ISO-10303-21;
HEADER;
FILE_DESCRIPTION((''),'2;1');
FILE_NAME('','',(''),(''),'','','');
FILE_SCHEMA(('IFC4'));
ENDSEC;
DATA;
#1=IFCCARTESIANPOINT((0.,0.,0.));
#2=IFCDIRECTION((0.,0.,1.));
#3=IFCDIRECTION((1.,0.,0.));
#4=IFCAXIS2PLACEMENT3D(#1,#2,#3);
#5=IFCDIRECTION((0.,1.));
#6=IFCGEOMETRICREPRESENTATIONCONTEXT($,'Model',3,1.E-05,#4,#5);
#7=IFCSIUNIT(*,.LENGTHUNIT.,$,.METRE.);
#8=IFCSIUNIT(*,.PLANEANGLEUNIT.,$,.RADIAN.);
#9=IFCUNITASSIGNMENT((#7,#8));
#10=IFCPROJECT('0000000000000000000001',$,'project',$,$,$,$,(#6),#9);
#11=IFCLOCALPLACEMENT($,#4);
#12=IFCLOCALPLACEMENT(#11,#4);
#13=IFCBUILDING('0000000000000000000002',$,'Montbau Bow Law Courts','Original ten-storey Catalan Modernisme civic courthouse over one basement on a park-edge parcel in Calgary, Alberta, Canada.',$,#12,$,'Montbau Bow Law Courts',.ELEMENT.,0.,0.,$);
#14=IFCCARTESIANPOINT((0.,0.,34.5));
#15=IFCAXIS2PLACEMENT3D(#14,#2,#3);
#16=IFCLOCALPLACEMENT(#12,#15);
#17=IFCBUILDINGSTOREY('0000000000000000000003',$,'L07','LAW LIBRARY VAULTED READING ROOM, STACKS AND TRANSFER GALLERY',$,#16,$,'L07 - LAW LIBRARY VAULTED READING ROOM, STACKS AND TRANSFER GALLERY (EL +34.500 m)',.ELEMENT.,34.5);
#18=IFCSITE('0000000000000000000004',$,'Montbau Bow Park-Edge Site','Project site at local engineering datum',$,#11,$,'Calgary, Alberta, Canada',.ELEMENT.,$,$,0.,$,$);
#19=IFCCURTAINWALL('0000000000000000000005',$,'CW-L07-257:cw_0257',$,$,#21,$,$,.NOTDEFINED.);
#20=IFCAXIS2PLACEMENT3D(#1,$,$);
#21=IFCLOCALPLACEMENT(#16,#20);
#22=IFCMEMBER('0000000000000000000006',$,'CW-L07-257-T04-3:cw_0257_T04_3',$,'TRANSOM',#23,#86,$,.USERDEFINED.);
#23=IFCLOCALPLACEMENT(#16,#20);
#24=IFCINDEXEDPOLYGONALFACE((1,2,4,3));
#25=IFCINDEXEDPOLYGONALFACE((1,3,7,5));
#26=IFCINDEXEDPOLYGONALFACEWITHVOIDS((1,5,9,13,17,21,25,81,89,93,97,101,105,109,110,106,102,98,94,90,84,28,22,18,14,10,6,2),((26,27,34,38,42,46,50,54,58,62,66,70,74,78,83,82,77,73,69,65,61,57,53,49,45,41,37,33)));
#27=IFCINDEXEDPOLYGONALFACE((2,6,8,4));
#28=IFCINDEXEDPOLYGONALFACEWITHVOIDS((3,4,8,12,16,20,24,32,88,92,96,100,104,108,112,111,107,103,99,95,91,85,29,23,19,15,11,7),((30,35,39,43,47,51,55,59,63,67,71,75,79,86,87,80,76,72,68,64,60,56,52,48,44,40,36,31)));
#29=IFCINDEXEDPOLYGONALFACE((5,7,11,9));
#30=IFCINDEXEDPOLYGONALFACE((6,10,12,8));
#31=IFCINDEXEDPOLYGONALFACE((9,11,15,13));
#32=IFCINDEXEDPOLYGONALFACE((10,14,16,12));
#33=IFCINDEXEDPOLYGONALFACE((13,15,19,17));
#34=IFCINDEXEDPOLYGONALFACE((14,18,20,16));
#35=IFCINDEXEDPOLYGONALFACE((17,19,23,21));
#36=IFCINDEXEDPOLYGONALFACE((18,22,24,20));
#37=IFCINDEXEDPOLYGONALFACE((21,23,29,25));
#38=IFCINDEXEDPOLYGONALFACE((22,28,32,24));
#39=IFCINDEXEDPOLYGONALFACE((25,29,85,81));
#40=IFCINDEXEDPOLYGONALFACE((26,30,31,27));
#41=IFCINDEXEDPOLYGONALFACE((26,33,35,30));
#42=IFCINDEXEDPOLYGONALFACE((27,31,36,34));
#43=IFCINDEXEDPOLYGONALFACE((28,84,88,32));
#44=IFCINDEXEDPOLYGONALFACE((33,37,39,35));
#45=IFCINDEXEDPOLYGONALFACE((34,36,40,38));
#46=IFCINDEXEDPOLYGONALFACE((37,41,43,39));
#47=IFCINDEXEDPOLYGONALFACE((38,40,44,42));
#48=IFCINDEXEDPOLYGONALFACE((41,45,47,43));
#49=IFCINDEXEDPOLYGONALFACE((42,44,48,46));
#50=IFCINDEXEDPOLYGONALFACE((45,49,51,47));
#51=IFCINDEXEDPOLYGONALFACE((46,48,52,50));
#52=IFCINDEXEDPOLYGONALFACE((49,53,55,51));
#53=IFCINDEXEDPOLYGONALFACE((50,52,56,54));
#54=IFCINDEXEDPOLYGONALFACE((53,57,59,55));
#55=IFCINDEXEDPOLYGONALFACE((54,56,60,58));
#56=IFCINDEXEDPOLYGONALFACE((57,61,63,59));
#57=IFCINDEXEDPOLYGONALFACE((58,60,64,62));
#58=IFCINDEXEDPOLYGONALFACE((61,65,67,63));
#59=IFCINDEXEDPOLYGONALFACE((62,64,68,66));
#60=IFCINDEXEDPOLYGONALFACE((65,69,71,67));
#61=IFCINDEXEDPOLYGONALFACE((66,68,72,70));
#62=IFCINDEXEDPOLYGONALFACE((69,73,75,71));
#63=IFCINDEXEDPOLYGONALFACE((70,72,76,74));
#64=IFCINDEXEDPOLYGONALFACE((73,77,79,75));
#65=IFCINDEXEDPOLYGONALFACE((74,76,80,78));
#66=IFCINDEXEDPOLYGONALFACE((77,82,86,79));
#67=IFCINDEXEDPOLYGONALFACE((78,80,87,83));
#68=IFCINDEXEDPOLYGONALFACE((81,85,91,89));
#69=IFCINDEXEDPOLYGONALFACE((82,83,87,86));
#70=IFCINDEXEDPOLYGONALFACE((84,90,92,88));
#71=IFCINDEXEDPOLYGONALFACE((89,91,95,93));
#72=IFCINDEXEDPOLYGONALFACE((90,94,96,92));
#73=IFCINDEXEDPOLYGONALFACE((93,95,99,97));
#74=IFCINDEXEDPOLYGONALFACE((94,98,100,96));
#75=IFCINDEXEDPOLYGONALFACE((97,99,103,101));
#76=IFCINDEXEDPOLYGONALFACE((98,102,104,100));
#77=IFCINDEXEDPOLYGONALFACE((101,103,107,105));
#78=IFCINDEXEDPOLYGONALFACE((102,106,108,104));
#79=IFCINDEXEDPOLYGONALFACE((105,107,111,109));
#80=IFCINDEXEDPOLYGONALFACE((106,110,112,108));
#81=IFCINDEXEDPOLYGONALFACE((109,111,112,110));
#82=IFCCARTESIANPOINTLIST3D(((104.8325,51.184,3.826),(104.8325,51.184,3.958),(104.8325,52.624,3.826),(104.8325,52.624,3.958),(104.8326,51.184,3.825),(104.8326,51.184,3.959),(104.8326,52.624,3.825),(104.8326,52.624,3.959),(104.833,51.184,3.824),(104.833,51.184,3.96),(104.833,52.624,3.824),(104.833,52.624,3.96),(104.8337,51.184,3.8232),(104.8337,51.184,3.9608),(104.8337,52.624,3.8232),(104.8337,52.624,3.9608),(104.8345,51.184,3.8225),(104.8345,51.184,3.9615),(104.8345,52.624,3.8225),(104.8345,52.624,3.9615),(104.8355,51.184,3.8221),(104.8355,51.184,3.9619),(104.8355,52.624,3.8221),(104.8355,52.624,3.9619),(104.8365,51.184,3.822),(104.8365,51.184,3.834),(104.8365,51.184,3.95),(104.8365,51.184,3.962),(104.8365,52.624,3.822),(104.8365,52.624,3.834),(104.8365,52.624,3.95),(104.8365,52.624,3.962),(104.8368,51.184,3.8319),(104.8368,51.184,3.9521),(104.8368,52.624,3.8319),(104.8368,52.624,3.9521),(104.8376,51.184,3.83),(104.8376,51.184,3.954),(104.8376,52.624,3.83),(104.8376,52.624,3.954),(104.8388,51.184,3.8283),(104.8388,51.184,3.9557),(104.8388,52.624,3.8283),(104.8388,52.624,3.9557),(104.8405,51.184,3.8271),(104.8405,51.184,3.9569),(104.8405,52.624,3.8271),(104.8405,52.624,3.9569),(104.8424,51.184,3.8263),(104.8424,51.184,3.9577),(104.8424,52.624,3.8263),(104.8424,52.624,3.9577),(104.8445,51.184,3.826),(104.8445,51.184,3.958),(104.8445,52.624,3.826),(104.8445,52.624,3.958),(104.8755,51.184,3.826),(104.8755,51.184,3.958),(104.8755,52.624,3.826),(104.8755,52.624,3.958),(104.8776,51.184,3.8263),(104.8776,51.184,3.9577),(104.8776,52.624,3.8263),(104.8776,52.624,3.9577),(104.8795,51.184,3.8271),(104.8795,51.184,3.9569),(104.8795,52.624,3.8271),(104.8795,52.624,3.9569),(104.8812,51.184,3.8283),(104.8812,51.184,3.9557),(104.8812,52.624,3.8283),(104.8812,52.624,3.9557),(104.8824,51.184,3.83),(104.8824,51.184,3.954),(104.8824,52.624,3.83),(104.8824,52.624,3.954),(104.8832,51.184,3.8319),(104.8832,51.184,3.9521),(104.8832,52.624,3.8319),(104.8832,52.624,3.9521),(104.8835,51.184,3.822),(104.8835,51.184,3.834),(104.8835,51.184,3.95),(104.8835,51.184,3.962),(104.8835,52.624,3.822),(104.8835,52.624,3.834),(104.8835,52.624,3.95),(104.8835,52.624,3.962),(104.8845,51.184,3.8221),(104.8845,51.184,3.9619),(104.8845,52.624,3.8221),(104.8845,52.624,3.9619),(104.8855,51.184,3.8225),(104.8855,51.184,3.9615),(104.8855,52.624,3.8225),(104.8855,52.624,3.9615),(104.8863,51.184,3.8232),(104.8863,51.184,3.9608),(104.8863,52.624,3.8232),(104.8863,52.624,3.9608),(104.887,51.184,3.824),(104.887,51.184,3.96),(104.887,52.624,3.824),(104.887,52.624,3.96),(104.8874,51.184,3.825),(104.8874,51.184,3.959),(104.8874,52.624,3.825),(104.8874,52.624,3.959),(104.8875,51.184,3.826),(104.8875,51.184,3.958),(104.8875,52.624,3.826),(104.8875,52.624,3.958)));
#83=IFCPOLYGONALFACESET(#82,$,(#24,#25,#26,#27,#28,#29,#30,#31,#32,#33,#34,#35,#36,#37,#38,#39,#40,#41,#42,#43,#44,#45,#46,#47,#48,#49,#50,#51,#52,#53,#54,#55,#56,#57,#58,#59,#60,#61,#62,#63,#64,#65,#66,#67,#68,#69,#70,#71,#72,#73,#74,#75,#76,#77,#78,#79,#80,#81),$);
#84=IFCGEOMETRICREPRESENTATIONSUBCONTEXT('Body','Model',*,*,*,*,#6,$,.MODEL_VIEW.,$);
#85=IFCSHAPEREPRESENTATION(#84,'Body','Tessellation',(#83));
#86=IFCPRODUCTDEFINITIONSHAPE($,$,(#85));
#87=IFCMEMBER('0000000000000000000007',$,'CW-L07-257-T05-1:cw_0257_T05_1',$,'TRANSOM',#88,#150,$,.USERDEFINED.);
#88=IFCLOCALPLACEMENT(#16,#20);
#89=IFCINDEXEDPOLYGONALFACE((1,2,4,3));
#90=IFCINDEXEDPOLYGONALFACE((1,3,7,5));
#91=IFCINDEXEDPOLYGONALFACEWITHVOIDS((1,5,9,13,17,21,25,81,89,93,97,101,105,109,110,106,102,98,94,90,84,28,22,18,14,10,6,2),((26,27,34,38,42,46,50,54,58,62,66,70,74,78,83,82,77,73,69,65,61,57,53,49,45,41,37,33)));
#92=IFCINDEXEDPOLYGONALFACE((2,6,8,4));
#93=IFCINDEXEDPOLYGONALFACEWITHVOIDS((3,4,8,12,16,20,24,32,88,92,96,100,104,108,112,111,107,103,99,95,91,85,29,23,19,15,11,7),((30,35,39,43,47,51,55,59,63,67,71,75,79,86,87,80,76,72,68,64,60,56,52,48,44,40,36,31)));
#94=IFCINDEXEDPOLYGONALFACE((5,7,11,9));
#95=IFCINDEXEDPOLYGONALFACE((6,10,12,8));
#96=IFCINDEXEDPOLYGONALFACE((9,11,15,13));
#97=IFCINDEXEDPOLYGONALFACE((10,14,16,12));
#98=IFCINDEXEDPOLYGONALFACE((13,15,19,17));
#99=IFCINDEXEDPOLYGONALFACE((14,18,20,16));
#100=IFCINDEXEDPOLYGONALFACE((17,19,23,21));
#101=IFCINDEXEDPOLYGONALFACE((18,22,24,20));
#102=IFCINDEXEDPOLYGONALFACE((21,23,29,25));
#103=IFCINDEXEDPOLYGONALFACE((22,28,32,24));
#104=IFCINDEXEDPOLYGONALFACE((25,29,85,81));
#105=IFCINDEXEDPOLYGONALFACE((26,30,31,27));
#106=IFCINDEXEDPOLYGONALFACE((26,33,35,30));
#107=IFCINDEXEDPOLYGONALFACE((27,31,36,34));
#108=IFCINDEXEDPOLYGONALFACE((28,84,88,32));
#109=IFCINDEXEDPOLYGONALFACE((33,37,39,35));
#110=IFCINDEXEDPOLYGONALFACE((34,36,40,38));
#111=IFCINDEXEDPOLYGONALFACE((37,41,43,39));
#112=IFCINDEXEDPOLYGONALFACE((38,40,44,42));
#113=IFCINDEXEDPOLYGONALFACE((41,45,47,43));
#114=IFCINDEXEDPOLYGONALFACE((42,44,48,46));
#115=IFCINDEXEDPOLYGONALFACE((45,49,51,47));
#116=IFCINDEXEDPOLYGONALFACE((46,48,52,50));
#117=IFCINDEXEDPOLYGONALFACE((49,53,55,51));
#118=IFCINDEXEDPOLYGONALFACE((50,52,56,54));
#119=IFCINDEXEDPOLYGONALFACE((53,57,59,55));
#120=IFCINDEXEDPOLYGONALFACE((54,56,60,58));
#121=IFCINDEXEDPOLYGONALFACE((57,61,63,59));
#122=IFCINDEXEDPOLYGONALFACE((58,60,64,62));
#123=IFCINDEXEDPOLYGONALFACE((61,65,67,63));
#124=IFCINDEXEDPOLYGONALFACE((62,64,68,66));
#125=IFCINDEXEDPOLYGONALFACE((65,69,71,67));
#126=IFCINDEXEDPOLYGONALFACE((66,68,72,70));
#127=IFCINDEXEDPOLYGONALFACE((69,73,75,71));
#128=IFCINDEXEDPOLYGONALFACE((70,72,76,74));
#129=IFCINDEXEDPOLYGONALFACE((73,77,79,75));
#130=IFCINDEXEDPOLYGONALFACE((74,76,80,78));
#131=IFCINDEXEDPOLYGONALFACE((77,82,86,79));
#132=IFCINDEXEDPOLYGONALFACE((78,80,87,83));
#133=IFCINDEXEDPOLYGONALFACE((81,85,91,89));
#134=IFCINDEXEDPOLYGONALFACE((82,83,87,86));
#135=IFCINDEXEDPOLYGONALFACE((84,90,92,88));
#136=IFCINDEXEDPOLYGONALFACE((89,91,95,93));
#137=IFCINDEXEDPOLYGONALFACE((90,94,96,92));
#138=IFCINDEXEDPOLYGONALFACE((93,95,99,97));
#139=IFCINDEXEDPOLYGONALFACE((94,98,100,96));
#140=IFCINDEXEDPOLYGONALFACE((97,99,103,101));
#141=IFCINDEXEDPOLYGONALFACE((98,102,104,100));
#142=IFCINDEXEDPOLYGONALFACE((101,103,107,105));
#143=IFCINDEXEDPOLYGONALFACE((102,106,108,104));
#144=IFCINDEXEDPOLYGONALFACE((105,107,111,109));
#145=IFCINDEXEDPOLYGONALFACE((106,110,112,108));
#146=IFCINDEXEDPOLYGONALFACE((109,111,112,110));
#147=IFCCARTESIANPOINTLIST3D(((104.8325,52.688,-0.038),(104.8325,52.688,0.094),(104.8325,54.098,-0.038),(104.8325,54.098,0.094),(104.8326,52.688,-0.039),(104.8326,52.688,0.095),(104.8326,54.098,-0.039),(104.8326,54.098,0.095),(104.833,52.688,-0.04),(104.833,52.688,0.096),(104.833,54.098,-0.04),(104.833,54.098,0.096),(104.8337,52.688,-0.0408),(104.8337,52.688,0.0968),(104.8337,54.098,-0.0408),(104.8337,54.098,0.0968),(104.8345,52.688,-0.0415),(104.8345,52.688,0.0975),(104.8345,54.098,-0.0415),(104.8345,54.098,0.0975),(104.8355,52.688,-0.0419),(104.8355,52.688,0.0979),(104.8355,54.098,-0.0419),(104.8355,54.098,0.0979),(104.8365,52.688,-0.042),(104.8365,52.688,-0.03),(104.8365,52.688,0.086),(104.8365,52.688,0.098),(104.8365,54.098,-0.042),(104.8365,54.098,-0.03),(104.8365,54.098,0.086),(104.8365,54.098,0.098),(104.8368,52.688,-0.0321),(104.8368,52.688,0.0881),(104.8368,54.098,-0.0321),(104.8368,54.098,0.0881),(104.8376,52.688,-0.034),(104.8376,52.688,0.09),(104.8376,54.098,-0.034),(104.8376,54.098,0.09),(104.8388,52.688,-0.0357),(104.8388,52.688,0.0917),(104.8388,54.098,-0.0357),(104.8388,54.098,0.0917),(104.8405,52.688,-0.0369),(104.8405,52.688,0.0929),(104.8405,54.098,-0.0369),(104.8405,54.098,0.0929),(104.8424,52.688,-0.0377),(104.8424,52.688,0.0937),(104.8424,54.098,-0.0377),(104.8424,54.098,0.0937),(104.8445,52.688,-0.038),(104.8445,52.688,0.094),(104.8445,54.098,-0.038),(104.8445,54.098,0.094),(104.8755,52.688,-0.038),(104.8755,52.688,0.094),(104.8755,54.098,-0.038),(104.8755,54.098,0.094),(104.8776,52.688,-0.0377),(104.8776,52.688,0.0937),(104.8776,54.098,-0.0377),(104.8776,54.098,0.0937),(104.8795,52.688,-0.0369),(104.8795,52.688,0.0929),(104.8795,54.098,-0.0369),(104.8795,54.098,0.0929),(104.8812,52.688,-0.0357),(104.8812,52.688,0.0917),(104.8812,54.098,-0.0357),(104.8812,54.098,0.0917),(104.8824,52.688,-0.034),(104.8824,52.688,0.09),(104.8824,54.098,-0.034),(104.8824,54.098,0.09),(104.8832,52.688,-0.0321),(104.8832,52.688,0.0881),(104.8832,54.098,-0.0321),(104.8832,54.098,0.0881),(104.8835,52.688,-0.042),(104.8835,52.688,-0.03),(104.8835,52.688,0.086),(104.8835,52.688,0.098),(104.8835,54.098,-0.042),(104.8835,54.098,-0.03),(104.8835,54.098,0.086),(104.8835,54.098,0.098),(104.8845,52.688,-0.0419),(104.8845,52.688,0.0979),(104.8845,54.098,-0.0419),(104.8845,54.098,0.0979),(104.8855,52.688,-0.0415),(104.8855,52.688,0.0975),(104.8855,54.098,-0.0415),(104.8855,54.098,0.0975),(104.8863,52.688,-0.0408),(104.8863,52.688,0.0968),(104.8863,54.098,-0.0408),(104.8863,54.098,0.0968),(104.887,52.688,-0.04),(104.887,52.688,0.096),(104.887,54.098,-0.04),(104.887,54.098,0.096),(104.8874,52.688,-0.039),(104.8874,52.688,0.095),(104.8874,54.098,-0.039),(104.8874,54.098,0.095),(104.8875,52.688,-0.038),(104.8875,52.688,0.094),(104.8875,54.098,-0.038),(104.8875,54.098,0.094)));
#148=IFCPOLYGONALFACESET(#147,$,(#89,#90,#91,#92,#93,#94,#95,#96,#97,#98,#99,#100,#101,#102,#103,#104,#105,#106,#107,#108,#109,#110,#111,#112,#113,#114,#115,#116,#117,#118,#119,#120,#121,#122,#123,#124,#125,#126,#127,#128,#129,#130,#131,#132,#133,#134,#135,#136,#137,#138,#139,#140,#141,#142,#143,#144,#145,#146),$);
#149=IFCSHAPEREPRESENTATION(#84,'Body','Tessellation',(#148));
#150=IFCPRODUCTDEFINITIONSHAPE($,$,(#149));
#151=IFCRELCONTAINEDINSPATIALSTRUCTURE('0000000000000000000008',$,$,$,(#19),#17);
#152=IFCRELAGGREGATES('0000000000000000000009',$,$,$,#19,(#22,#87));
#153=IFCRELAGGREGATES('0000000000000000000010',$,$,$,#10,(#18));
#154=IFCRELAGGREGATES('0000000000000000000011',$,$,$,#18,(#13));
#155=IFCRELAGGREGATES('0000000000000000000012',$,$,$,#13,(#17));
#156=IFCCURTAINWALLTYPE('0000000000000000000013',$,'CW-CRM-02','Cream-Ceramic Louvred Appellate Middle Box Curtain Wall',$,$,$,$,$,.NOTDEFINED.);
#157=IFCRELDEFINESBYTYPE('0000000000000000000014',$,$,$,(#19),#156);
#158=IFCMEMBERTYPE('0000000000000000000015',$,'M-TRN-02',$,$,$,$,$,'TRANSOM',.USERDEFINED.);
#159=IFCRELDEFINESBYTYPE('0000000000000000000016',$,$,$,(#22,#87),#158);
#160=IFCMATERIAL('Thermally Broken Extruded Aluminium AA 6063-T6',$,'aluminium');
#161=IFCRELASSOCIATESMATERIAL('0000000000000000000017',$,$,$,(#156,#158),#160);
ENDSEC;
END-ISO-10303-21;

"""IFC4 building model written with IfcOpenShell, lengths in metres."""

from ifc_helpers import new_model, si_unit, direction, frame, origin_with_axes, origin_2d_with_axis, place, context, subcontext, project, spatial, hollow_rectangle, extrude, material, material_profile, profile_set, type_object, element, aggregate, save


model = new_model("IFC4")

# Units and contexts
model_context = context("Model", 3, precision=1e-05, world=origin_with_axes(), true_north=direction((0.0, 1.0)))
body_context = subcontext(model_context, "Body", "Model", "MODEL_VIEW")
ifc_project = project(units=[si_unit("LENGTHUNIT", "METRE"), si_unit("PLANEANGLEUNIT", "RADIAN")], contexts=[model_context])

# Site, building, storey
site_placement = place(None, origin_with_axes())
site = spatial("IfcSite", under=ifc_project, at=site_placement, Name="Montbau Bow Park-Edge Site", Description="Project site at local engineering datum", LongName="Calgary, Alberta, Canada", CompositionType="ELEMENT", RefElevation=0.0)
building_placement = place(site_placement, origin_with_axes())
building = spatial("IfcBuilding", under=site, at=building_placement, Name="Montbau Bow Law Courts", Description="Original ten-storey Catalan Modernisme civic courthouse over one basement on a park-edge parcel in Calgary, Alberta, Canada.", LongName="Montbau Bow Law Courts", CompositionType="ELEMENT", ElevationOfRefHeight=0.0, ElevationOfTerrain=0.0)
storey_placement = place(building_placement, frame((0.0, 0.0, 34.5), z_axis=(0.0, 0.0, 1.0), x_axis=(1.0, 0.0, 0.0)))
storey = spatial("IfcBuildingStorey", under=building, at=storey_placement, Name="L07", Description="LAW LIBRARY VAULTED READING ROOM, STACKS AND TRANSFER GALLERY", LongName="L07 - LAW LIBRARY VAULTED READING ROOM, STACKS AND TRANSFER GALLERY (EL +34.500 m)", CompositionType="ELEMENT", Elevation=34.5)

# Curtain wall
ifc_material_1 = material(Name="Thermally Broken Extruded Aluminium AA 6063-T6", Category="aluminium")
curtain_wall_type = type_object("IfcCurtainWallType", Name="CW-CRM-02", Description="Cream-Ceramic Louvred Appellate Middle Box Curtain Wall", PredefinedType="NOTDEFINED", material=ifc_material_1)
curtain_wall_1_placement = place(None, frame((104.86, 46.64, 34.5), z_axis=(0.0, 0.0, 1.0), x_axis=(1.0, 0.0, 0.0)))
curtain_wall_1 = element("IfcCurtainWall", 1, at=curtain_wall_1_placement, inside=storey, type_object=curtain_wall_type, Name="CW-L07-257:cw_0257", PredefinedType="NOTDEFINED")

# Members
ifc_material_profile_1 = material_profile(ifc_material_1, hollow_rectangle(XDim=0.055, YDim=0.14, WallThickness=0.004, InnerFilletRadius=0.008, OuterFilletRadius=0.004, at=origin_2d_with_axis()), Name="CWT-140X55", Category="Main", Priority=0)
ifc_profile_set_1 = profile_set([ifc_material_profile_1], Name="Thermally Broken Extruded Aluminium AA 6063-T6")
member_type_1 = type_object("IfcMemberType", Name="M-TRN-02", ElementType="TRANSOM", PredefinedType="USERDEFINED", material=ifc_profile_set_1)
member_1_placement = place(None, frame((104.86, 51.184, 38.392), z_axis=(0.0, 1.0, 0.0), x_axis=(-1.0, 0.0, 0.0)))
member_1 = element("IfcMember", 2, at=member_1_placement, type_object=member_type_1, Name="CW-L07-257-T04-3:cw_0257_T04_3", ObjectType="TRANSOM", PredefinedType="USERDEFINED", context=body_context, shape_type="SweptSolid", body=[
    extrude(hollow_rectangle(XDim=0.055, YDim=0.14, WallThickness=0.004, InnerFilletRadius=0.008, OuterFilletRadius=0.004, at=origin_2d_with_axis()), origin_with_axes(), (0.0, 0.0, 1.0), 1.44),
])
member_2_placement = place(None, frame((104.86, 52.688, 34.528), z_axis=(0.0, 1.0, 0.0), x_axis=(-1.0, 0.0, 0.0)))
member_2 = element("IfcMember", 3, at=member_2_placement, type_object=member_type_1, Name="CW-L07-257-T05-1:cw_0257_T05_1", ObjectType="TRANSOM", PredefinedType="USERDEFINED", context=body_context, shape_type="SweptSolid", body=[
    extrude(hollow_rectangle(XDim=0.055, YDim=0.14, WallThickness=0.004, InnerFilletRadius=0.008, OuterFilletRadius=0.004, at=origin_2d_with_axis()), origin_with_axes(), (0.0, 0.0, 1.0), 1.41),
])

aggregate(curtain_wall_1, [member_1, member_2])

save(model, "model.ifc")
